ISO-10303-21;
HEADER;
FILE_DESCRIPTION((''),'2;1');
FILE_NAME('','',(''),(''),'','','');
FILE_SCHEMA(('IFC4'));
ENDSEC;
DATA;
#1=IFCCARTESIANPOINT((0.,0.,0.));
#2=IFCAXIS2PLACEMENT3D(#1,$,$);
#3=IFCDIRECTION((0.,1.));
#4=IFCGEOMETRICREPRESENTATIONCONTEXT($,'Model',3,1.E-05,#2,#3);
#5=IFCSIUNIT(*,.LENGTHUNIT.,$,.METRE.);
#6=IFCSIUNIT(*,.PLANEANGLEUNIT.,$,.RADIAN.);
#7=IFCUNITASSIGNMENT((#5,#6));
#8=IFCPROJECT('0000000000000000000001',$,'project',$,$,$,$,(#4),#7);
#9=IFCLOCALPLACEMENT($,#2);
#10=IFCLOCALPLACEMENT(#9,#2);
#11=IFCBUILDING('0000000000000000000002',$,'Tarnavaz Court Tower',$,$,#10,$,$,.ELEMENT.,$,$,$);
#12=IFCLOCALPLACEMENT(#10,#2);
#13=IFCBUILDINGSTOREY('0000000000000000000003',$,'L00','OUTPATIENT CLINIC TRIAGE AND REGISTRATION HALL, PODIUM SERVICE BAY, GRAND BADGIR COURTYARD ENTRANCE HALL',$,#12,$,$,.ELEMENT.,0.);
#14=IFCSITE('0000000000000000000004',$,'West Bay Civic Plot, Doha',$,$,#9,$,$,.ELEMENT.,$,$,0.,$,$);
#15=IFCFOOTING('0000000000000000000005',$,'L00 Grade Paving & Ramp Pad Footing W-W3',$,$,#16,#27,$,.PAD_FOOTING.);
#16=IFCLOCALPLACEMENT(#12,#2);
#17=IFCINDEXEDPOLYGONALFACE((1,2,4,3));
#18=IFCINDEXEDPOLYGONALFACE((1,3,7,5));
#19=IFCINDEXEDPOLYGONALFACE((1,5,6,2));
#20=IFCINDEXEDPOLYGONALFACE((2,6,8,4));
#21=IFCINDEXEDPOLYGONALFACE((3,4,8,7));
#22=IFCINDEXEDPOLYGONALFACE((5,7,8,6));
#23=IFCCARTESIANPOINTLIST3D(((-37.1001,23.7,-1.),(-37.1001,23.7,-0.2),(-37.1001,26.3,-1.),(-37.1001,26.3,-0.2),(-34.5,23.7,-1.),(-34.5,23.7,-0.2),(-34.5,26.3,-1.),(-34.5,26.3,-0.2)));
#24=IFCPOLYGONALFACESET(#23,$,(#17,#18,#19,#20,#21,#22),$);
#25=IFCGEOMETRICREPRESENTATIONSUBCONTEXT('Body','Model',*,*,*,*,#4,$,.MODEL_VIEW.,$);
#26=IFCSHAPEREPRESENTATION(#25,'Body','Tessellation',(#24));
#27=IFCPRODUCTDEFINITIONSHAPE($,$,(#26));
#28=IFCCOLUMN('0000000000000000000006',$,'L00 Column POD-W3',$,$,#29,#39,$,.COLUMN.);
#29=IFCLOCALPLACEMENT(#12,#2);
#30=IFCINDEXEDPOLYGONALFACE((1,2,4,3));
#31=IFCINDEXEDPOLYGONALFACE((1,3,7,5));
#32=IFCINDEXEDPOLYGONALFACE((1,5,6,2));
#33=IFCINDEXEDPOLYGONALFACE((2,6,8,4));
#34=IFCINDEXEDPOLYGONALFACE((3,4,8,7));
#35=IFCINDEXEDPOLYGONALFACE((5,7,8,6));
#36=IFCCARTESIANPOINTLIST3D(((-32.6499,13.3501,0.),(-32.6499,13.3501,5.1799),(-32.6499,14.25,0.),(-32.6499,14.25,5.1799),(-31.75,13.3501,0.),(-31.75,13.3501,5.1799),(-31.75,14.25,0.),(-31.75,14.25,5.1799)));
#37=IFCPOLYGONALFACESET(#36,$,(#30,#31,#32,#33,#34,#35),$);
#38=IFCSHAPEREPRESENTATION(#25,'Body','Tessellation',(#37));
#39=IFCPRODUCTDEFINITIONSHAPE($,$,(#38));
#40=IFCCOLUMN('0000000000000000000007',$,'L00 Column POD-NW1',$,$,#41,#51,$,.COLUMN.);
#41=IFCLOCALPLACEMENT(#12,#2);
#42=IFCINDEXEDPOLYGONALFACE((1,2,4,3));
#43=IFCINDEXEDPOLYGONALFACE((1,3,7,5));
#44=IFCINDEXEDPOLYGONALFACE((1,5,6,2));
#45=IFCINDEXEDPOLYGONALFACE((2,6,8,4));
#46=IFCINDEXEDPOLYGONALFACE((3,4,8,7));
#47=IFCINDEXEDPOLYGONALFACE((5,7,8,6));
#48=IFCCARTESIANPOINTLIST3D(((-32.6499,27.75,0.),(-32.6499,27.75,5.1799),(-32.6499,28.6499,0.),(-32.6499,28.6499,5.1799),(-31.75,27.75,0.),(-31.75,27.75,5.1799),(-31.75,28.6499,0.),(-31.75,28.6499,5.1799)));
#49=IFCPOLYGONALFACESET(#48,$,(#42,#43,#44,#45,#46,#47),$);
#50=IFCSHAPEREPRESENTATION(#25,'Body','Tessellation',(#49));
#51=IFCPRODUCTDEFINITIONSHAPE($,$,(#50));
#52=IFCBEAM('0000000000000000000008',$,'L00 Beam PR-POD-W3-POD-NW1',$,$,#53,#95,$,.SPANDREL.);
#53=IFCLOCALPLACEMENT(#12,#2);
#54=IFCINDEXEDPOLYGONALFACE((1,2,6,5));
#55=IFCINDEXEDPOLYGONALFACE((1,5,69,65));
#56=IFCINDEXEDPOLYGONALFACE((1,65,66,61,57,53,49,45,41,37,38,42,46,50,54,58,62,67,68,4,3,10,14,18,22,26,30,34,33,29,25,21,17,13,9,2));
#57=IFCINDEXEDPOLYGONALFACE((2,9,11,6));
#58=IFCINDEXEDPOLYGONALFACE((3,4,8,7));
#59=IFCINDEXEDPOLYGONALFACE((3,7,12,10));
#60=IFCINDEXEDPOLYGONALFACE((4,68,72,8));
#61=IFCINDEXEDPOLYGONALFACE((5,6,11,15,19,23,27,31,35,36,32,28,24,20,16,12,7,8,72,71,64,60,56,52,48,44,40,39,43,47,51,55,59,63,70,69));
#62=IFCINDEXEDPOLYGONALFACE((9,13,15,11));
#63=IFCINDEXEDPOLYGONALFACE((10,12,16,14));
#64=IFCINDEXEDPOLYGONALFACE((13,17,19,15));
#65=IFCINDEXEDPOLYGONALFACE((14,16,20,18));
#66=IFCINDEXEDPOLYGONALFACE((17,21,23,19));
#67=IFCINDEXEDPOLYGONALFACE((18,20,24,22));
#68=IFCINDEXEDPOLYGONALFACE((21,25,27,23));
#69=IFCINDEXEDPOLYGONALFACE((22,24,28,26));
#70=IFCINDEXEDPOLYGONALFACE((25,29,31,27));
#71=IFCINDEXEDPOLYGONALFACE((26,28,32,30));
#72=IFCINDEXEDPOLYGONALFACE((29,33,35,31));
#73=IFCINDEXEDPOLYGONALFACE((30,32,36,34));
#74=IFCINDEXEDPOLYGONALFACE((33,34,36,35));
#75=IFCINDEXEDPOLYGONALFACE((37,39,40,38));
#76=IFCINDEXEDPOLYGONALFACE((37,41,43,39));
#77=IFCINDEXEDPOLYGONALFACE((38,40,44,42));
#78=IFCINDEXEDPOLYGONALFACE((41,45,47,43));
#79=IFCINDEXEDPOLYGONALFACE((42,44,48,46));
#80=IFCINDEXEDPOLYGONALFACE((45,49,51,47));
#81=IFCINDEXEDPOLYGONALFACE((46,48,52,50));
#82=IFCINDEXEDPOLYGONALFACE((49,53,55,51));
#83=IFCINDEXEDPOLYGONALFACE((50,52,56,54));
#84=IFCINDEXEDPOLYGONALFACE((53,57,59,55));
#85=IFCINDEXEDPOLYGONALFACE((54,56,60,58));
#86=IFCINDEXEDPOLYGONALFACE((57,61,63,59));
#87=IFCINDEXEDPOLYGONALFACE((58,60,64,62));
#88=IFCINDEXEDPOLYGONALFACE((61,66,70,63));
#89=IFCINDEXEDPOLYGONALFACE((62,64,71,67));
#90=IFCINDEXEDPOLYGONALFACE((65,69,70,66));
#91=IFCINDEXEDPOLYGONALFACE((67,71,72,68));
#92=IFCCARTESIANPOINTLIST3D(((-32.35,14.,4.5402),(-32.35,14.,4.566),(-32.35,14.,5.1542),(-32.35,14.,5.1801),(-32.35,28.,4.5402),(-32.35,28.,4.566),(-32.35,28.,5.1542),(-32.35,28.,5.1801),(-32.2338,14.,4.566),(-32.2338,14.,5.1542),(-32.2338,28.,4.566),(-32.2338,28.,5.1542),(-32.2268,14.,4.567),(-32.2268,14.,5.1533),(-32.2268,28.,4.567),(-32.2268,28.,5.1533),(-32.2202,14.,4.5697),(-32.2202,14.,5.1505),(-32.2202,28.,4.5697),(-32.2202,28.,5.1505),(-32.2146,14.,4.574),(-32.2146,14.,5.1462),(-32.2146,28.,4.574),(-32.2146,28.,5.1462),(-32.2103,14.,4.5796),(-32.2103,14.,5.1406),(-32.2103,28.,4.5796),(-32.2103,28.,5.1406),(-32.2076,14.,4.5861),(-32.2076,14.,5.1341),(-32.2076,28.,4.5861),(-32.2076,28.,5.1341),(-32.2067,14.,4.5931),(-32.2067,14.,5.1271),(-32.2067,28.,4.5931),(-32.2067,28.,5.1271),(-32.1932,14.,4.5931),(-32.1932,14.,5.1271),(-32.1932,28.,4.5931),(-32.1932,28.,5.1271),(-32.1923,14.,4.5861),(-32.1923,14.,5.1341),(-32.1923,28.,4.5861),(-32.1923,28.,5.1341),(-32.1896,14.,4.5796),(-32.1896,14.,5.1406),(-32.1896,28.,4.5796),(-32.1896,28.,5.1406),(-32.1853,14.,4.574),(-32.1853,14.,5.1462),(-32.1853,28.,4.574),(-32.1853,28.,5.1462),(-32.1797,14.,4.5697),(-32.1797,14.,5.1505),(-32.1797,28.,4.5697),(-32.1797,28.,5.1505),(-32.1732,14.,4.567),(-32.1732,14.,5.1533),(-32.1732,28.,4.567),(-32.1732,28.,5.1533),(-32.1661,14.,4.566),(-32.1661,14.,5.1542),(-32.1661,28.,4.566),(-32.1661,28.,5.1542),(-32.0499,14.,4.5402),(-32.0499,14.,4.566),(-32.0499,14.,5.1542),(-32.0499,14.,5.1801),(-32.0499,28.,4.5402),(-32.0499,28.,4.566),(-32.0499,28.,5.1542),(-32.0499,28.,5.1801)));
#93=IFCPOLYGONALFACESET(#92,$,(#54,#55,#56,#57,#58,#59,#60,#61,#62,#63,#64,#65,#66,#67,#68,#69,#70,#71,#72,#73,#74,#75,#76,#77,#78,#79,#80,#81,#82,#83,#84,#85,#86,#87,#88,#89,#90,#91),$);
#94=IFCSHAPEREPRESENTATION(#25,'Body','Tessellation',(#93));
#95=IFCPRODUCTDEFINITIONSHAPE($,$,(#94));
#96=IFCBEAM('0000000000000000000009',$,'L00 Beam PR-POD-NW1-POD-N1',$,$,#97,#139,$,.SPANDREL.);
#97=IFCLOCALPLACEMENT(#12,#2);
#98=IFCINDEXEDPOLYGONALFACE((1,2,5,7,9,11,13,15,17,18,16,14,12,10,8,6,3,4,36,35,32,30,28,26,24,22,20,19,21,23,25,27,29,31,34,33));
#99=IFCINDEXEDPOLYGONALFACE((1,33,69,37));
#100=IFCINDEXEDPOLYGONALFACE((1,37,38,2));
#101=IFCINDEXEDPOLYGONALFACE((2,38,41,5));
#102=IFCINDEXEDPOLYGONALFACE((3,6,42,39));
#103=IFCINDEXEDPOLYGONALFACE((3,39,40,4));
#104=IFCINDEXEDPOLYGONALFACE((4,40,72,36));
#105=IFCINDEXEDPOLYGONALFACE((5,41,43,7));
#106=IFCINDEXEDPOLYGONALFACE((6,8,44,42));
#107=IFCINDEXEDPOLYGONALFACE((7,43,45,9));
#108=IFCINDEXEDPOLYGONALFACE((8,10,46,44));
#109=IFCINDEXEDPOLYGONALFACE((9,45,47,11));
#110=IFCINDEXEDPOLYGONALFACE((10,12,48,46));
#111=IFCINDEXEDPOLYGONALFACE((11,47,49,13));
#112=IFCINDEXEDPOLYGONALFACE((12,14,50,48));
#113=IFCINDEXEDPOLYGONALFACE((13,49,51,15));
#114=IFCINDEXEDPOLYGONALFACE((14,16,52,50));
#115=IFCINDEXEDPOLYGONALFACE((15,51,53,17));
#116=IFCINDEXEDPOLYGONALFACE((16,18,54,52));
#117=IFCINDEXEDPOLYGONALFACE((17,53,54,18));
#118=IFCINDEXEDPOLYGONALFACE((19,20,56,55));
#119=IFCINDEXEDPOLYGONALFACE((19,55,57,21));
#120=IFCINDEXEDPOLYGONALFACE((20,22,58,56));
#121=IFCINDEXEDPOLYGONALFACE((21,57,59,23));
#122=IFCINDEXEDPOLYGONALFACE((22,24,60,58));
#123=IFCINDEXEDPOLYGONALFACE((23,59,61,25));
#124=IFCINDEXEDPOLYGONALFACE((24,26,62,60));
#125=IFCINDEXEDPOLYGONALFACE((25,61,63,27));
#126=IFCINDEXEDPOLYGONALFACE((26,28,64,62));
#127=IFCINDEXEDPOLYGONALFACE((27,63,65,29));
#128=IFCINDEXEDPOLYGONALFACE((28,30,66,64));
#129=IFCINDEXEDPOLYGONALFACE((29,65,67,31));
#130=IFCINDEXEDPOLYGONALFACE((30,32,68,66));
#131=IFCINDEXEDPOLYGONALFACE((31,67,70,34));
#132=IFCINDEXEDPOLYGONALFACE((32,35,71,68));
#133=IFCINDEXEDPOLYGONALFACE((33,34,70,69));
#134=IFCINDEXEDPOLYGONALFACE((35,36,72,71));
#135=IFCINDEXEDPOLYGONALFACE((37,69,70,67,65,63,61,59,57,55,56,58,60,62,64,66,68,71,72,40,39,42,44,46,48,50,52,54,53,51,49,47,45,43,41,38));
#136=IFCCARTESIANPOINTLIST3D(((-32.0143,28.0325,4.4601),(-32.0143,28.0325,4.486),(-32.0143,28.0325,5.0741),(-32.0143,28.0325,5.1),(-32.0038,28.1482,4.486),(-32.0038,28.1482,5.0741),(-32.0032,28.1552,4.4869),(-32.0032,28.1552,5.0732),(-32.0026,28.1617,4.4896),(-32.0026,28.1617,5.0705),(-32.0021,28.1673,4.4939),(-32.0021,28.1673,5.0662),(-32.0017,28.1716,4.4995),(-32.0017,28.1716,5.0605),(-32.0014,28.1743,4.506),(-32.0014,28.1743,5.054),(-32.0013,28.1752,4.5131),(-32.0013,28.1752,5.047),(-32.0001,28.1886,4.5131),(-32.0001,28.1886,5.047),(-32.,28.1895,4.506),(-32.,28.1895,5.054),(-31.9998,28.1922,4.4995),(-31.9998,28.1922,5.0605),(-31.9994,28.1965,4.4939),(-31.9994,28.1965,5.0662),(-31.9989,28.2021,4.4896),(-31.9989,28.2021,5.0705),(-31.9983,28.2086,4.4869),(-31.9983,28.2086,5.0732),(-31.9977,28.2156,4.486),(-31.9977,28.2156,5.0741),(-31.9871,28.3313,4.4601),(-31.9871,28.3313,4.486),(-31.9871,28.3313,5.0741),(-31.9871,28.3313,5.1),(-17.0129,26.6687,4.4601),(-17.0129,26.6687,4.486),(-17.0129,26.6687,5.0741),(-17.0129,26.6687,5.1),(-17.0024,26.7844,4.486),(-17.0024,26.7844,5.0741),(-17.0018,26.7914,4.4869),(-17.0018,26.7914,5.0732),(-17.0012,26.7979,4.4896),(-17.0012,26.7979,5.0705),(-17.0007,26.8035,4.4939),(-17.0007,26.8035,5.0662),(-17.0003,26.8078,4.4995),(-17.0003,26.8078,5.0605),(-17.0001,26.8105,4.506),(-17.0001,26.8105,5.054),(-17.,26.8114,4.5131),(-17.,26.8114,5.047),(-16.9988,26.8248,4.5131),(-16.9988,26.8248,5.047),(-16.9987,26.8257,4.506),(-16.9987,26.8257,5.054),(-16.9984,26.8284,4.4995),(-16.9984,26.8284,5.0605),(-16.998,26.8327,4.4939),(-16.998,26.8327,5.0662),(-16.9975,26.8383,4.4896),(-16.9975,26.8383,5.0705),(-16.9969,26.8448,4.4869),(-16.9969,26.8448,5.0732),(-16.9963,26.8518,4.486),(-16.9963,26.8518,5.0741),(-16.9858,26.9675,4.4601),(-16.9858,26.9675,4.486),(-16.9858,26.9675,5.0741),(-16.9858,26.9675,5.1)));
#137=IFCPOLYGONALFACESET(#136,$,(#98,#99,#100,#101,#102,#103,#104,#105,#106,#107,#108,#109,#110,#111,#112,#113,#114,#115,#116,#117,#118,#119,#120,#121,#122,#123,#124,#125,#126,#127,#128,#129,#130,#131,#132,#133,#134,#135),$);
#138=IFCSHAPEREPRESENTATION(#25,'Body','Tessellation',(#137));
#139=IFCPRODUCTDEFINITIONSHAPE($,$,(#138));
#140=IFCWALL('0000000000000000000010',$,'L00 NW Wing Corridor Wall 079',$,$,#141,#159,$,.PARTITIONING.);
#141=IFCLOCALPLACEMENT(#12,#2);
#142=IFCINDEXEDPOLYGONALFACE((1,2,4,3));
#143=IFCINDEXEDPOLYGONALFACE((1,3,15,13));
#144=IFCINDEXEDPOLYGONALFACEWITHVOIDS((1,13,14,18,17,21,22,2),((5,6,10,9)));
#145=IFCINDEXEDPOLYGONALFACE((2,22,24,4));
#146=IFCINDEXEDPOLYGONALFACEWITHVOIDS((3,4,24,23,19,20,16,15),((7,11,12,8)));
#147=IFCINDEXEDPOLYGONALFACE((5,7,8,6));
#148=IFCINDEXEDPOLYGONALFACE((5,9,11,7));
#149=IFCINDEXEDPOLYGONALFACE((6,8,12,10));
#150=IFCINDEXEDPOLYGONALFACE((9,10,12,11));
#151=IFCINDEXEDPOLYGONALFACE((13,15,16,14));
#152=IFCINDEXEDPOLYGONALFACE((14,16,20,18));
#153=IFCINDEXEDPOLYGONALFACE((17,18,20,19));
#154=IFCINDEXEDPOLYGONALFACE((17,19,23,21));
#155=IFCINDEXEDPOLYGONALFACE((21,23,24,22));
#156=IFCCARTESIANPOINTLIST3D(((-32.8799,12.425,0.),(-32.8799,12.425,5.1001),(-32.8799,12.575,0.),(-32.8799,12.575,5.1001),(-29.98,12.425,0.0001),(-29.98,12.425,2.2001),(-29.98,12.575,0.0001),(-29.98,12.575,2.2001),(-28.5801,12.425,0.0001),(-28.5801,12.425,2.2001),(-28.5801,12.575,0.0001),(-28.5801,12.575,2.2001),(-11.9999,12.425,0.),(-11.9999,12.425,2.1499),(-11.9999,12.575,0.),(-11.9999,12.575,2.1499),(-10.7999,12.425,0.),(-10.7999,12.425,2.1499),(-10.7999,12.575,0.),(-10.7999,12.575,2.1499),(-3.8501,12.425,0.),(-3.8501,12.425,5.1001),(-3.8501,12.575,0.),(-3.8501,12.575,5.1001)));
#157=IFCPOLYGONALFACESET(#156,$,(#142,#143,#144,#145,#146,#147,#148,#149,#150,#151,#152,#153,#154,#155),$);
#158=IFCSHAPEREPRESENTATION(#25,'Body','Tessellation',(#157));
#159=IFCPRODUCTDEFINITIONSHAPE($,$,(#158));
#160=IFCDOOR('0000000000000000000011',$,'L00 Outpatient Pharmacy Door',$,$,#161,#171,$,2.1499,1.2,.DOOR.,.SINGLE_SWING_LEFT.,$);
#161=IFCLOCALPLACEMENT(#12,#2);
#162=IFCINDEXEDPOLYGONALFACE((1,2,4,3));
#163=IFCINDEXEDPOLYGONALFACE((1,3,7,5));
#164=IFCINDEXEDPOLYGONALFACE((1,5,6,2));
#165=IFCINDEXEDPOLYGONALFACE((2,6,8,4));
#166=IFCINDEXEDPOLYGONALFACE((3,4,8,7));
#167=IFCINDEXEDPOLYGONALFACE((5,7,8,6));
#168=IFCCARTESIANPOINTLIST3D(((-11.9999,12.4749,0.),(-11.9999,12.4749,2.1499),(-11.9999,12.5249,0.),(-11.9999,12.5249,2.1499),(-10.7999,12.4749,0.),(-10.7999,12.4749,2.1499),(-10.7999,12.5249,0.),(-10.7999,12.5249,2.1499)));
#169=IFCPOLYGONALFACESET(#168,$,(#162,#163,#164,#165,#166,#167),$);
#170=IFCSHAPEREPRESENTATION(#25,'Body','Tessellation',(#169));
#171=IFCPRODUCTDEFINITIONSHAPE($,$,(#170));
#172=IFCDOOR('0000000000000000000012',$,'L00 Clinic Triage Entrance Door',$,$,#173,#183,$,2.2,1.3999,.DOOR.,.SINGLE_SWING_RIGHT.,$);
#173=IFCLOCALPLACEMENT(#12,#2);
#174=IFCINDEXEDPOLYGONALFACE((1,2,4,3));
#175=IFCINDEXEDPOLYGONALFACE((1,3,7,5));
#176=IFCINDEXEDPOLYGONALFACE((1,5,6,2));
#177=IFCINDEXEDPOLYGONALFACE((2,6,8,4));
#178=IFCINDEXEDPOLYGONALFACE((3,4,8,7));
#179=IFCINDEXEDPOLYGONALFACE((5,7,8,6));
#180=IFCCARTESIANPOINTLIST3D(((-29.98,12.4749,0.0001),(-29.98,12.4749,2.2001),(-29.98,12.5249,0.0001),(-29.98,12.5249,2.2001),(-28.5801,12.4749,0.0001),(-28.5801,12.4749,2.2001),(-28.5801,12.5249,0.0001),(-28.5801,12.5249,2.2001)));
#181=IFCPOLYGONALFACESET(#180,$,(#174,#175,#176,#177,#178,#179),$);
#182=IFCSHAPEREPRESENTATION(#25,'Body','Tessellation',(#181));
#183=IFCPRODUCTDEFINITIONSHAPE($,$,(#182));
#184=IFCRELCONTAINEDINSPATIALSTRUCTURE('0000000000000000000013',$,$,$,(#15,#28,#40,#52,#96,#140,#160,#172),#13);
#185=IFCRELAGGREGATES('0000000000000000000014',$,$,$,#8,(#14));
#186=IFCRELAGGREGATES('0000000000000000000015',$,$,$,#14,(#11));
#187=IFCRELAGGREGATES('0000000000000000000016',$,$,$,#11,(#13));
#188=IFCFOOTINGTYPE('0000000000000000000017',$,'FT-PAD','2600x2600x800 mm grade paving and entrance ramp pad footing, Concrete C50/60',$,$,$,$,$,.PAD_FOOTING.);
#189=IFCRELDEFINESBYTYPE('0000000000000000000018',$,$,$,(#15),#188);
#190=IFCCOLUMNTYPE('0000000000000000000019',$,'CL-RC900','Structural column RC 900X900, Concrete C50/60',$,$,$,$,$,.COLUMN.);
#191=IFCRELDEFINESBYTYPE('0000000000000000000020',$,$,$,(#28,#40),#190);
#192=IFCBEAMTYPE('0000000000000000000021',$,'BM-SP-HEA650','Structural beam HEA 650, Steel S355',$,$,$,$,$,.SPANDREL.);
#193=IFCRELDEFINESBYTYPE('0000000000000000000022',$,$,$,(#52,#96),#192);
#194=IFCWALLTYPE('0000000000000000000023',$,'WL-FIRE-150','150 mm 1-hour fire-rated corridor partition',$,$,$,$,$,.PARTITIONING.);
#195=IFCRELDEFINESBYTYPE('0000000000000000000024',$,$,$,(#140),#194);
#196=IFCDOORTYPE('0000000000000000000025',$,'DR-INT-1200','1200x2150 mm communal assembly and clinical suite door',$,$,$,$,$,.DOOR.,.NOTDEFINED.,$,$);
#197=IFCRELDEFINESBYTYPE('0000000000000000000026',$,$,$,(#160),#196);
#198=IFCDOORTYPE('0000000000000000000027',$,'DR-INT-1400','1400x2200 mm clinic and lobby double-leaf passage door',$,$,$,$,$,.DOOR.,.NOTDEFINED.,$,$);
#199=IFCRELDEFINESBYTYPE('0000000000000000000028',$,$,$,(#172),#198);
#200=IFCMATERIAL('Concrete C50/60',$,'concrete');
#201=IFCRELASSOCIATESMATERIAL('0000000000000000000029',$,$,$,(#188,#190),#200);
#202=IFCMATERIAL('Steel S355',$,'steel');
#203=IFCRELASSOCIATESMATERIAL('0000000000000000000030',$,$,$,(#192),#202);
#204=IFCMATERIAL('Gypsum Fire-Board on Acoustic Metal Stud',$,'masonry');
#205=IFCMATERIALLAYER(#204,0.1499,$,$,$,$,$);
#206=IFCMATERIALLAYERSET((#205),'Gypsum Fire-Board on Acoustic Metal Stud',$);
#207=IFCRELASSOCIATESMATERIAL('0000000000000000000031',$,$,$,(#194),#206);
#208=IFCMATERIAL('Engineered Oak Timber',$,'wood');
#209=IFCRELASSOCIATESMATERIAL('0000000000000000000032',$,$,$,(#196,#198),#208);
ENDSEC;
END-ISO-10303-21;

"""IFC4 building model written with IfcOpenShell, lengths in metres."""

from ifc_helpers import new_model, si_unit, direction, frame, frame_2d, origin, origin_2d, place, context, subcontext, project, spatial, rectangle, i_section, extrude, material, layer, layer_set, material_profile, profile_set, type_object, element, fill, save


model = new_model("IFC4")

# Units and contexts
model_context = context("Model", 3, precision=1e-05, world=origin(), true_north=direction((0.0, 1.0)))
body_context = subcontext(model_context, "Body", "Model", "MODEL_VIEW")
ifc_project = project(units=[si_unit("LENGTHUNIT", "METRE"), si_unit("PLANEANGLEUNIT", "RADIAN")], contexts=[model_context])

# Site, building, storey
site_placement = place(None, origin())
site = spatial("IfcSite", under=ifc_project, at=site_placement, Name="West Bay Civic Plot, Doha", CompositionType="ELEMENT", RefElevation=0.0)
building_placement = place(site_placement, origin())
building = spatial("IfcBuilding", under=site, at=building_placement, Name="Tarnavaz Court Tower", CompositionType="ELEMENT")
storey_placement = place(building_placement, origin())
storey = spatial("IfcBuildingStorey", under=building, at=storey_placement, Name="L00", Description="OUTPATIENT CLINIC TRIAGE AND REGISTRATION HALL, PODIUM SERVICE BAY, GRAND BADGIR COURTYARD ENTRANCE HALL", CompositionType="ELEMENT", Elevation=0.0)

# Footing
ifc_material_1 = material(Name="Concrete C50/60", Category="concrete")
footing_type = type_object("IfcFootingType", Name="FT-PAD", Description="2600x2600x800 mm grade paving and entrance ramp pad footing, Concrete C50/60", PredefinedType="PAD_FOOTING", material=ifc_material_1)
footing_placement = place(storey_placement, frame((-35.8, 25.0, -1.0), z_axis=(0.0, 0.0, 1.0), x_axis=(1.0, 0.0, 0.0)))
element("IfcFooting", 1, at=footing_placement, inside=storey, type_object=footing_type, Name="L00 Grade Paving & Ramp Pad Footing W-W3", PredefinedType="PAD_FOOTING", context=body_context, shape_type="SweptSolid", body=[
    extrude(rectangle(XDim=2.6001, YDim=2.6001, at=origin_2d()), origin(), (0.0, 0.0, 1.0), 0.8),
])

# Columns
ifc_material_profile_1 = material_profile(ifc_material_1, rectangle(XDim=0.8999, YDim=0.8999, at=origin_2d()), Name="RC 900X900")
ifc_profile_set_1 = profile_set([ifc_material_profile_1], Name="Concrete C50/60")
column_type = type_object("IfcColumnType", Name="CL-RC900", Description="Structural column RC 900X900, Concrete C50/60", PredefinedType="COLUMN", material=ifc_profile_set_1)
for number, where, z_axis, x_axis, name in (
    (2, (-32.2, 13.8, 0.0), (0.0, 0.0, 1.0), (1.0, 0.0, 0.0), "L00 Column POD-W3"),
    (3, (-32.2, 28.2, 0.0), (0.0, 0.0, 1.0), (1.0, 0.0, 0.0), "L00 Column POD-NW1"),
):
    element("IfcColumn", number, at=place(storey_placement, frame(where, z_axis=z_axis, x_axis=x_axis)), inside=storey, type_object=column_type, Name=name, PredefinedType="COLUMN", context=body_context, shape_type="SweptSolid", body=[
        extrude(rectangle(XDim=0.8999, YDim=0.8999, at=origin_2d()), origin(), (0.0, 0.0, 1.0), 5.1799),
    ])

# Beams
ifc_material_2 = material(Name="Steel S355", Category="steel")
ifc_material_profile_2 = material_profile(ifc_material_2, i_section(OverallWidth=0.3, OverallDepth=0.6399, WebThickness=0.0134, FlangeThickness=0.0259, FilletRadius=0.0271, at=origin_2d()), Name="HEA 650")
ifc_profile_set_2 = profile_set([ifc_material_profile_2], Name="Steel S355")
beam_type = type_object("IfcBeamType", Name="BM-SP-HEA650", Description="Structural beam HEA 650, Steel S355", PredefinedType="SPANDREL", material=ifc_profile_set_2)
beam_1_placement = place(storey_placement, frame((-32.2, 14.0, 4.8601), z_axis=(0.0, 1.0, 0.0), x_axis=(-1.0, 0.0, 0.0)))
element("IfcBeam", 4, at=beam_1_placement, inside=storey, type_object=beam_type, Name="L00 Beam PR-POD-W3-POD-NW1", PredefinedType="SPANDREL", context=body_context, shape_type="SweptSolid", body=[
    extrude(i_section(OverallWidth=0.3, OverallDepth=0.6399, WebThickness=0.0134, FlangeThickness=0.0259, FilletRadius=0.0271, at=origin_2d()), origin(), (0.0, 0.0, 1.0), 14.0),
])
beam_2_placement = place(storey_placement, frame((-32.0007, 28.1819, 4.78), z_axis=(0.995893, -0.090536, 0.0), x_axis=(0.090536, 0.995893, 0.0)))
element("IfcBeam", 5, at=beam_2_placement, inside=storey, type_object=beam_type, Name="L00 Beam PR-POD-NW1-POD-N1", PredefinedType="SPANDREL", context=body_context, shape_type="SweptSolid", body=[
    extrude(i_section(OverallWidth=0.3, OverallDepth=0.6399, WebThickness=0.0134, FlangeThickness=0.0259, FilletRadius=0.0271, at=origin_2d()), origin(), (0.0, 0.0, 1.0), 15.0632),
])

# Wall, openings, doors
ifc_material_3 = material(Name="Gypsum Fire-Board on Acoustic Metal Stud", Category="masonry")
ifc_layer_1 = layer(ifc_material_3, 0.1499)
ifc_layer_set_1 = layer_set([ifc_layer_1], Name="Gypsum Fire-Board on Acoustic Metal Stud")
wall_type_1 = type_object("IfcWallType", Name="WL-FIRE-150", Description="150 mm 1-hour fire-rated corridor partition", PredefinedType="PARTITIONING", material=ifc_layer_set_1)
wall_1_placement = place(storey_placement, frame((-32.8799, 12.5, 0.0), z_axis=(0.0, 0.0, 1.0), x_axis=(1.0, 0.0, 0.0)))
wall_1 = element("IfcWall", 6, at=wall_1_placement, inside=storey, type_object=wall_type_1, Name="L00 NW Wing Corridor Wall 079", PredefinedType="PARTITIONING", context=body_context, shape_type="SweptSolid", body=[
    extrude(rectangle(XDim=29.0298, YDim=0.1499, at=frame_2d((14.5149, 0.0))), origin(), (0.0, 0.0, 1.0), 5.1001),
])
opening_1_placement = place(wall_1_placement, frame((2.8999, 0.0, 0.0)))
opening_1 = element("IfcOpeningElement", 7, at=opening_1_placement, cuts=wall_1, PredefinedType="OPENING", context=body_context, shape_type="SweptSolid", body=[
    extrude(rectangle(XDim=1.3999, YDim=2.2, at=frame_2d((0.7, 1.1001))), frame((0.0, 0.085, 0.0), z_axis=(0.0, -1.0, 0.0), x_axis=(1.0, 0.0, 0.0)), (0.0, 0.0, 1.0), 0.1699),
])
opening_2_placement = place(wall_1_placement, frame((20.8799, 0.0, 0.0)))
opening_2 = element("IfcOpeningElement", 8, at=opening_2_placement, cuts=wall_1, PredefinedType="OPENING", context=body_context, shape_type="SweptSolid", body=[
    extrude(rectangle(XDim=1.2, YDim=2.1499, at=frame_2d((0.6001, 1.075))), frame((0.0, 0.085, 0.0), z_axis=(0.0, -1.0, 0.0), x_axis=(1.0, 0.0, 0.0)), (0.0, 0.0, 1.0), 0.1699),
])
ifc_material_4 = material(Name="Engineered Oak Timber", Category="wood")
door_type_1 = type_object("IfcDoorType", Name="DR-INT-1200", Description="1200x2150 mm communal assembly and clinical suite door", OperationType="NOTDEFINED", PredefinedType="DOOR", material=ifc_material_4)
door_1_placement = place(opening_2_placement, origin())
door_1 = element("IfcDoor", 9, at=door_1_placement, inside=storey, type_object=door_type_1, Name="L00 Outpatient Pharmacy Door", OperationType="SINGLE_SWING_LEFT", OverallHeight=2.1499, OverallWidth=1.2, PredefinedType="DOOR", context=body_context, shape_type="SweptSolid", body=[
    extrude(rectangle(XDim=1.2, YDim=2.1499, at=frame_2d((0.6001, 1.075))), frame((0.0, 0.0249, 0.0), z_axis=(0.0, -1.0, 0.0), x_axis=(1.0, 0.0, 0.0)), (0.0, 0.0, 1.0), 0.05),
])
fill(opening_2, door_1)
door_type_2 = type_object("IfcDoorType", Name="DR-INT-1400", Description="1400x2200 mm clinic and lobby double-leaf passage door", OperationType="NOTDEFINED", PredefinedType="DOOR", material=ifc_material_4)
door_2_placement = place(opening_1_placement, origin())
door_2 = element("IfcDoor", 10, at=door_2_placement, inside=storey, type_object=door_type_2, Name="L00 Clinic Triage Entrance Door", OperationType="SINGLE_SWING_RIGHT", OverallHeight=2.2, OverallWidth=1.3999, PredefinedType="DOOR", context=body_context, shape_type="SweptSolid", body=[
    extrude(rectangle(XDim=1.3999, YDim=2.2, at=frame_2d((0.7, 1.1001))), frame((0.0, 0.0249, 0.0), z_axis=(0.0, -1.0, 0.0), x_axis=(1.0, 0.0, 0.0)), (0.0, 0.0, 1.0), 0.05),
])
fill(opening_1, door_2)

save(model, "model.ifc")
